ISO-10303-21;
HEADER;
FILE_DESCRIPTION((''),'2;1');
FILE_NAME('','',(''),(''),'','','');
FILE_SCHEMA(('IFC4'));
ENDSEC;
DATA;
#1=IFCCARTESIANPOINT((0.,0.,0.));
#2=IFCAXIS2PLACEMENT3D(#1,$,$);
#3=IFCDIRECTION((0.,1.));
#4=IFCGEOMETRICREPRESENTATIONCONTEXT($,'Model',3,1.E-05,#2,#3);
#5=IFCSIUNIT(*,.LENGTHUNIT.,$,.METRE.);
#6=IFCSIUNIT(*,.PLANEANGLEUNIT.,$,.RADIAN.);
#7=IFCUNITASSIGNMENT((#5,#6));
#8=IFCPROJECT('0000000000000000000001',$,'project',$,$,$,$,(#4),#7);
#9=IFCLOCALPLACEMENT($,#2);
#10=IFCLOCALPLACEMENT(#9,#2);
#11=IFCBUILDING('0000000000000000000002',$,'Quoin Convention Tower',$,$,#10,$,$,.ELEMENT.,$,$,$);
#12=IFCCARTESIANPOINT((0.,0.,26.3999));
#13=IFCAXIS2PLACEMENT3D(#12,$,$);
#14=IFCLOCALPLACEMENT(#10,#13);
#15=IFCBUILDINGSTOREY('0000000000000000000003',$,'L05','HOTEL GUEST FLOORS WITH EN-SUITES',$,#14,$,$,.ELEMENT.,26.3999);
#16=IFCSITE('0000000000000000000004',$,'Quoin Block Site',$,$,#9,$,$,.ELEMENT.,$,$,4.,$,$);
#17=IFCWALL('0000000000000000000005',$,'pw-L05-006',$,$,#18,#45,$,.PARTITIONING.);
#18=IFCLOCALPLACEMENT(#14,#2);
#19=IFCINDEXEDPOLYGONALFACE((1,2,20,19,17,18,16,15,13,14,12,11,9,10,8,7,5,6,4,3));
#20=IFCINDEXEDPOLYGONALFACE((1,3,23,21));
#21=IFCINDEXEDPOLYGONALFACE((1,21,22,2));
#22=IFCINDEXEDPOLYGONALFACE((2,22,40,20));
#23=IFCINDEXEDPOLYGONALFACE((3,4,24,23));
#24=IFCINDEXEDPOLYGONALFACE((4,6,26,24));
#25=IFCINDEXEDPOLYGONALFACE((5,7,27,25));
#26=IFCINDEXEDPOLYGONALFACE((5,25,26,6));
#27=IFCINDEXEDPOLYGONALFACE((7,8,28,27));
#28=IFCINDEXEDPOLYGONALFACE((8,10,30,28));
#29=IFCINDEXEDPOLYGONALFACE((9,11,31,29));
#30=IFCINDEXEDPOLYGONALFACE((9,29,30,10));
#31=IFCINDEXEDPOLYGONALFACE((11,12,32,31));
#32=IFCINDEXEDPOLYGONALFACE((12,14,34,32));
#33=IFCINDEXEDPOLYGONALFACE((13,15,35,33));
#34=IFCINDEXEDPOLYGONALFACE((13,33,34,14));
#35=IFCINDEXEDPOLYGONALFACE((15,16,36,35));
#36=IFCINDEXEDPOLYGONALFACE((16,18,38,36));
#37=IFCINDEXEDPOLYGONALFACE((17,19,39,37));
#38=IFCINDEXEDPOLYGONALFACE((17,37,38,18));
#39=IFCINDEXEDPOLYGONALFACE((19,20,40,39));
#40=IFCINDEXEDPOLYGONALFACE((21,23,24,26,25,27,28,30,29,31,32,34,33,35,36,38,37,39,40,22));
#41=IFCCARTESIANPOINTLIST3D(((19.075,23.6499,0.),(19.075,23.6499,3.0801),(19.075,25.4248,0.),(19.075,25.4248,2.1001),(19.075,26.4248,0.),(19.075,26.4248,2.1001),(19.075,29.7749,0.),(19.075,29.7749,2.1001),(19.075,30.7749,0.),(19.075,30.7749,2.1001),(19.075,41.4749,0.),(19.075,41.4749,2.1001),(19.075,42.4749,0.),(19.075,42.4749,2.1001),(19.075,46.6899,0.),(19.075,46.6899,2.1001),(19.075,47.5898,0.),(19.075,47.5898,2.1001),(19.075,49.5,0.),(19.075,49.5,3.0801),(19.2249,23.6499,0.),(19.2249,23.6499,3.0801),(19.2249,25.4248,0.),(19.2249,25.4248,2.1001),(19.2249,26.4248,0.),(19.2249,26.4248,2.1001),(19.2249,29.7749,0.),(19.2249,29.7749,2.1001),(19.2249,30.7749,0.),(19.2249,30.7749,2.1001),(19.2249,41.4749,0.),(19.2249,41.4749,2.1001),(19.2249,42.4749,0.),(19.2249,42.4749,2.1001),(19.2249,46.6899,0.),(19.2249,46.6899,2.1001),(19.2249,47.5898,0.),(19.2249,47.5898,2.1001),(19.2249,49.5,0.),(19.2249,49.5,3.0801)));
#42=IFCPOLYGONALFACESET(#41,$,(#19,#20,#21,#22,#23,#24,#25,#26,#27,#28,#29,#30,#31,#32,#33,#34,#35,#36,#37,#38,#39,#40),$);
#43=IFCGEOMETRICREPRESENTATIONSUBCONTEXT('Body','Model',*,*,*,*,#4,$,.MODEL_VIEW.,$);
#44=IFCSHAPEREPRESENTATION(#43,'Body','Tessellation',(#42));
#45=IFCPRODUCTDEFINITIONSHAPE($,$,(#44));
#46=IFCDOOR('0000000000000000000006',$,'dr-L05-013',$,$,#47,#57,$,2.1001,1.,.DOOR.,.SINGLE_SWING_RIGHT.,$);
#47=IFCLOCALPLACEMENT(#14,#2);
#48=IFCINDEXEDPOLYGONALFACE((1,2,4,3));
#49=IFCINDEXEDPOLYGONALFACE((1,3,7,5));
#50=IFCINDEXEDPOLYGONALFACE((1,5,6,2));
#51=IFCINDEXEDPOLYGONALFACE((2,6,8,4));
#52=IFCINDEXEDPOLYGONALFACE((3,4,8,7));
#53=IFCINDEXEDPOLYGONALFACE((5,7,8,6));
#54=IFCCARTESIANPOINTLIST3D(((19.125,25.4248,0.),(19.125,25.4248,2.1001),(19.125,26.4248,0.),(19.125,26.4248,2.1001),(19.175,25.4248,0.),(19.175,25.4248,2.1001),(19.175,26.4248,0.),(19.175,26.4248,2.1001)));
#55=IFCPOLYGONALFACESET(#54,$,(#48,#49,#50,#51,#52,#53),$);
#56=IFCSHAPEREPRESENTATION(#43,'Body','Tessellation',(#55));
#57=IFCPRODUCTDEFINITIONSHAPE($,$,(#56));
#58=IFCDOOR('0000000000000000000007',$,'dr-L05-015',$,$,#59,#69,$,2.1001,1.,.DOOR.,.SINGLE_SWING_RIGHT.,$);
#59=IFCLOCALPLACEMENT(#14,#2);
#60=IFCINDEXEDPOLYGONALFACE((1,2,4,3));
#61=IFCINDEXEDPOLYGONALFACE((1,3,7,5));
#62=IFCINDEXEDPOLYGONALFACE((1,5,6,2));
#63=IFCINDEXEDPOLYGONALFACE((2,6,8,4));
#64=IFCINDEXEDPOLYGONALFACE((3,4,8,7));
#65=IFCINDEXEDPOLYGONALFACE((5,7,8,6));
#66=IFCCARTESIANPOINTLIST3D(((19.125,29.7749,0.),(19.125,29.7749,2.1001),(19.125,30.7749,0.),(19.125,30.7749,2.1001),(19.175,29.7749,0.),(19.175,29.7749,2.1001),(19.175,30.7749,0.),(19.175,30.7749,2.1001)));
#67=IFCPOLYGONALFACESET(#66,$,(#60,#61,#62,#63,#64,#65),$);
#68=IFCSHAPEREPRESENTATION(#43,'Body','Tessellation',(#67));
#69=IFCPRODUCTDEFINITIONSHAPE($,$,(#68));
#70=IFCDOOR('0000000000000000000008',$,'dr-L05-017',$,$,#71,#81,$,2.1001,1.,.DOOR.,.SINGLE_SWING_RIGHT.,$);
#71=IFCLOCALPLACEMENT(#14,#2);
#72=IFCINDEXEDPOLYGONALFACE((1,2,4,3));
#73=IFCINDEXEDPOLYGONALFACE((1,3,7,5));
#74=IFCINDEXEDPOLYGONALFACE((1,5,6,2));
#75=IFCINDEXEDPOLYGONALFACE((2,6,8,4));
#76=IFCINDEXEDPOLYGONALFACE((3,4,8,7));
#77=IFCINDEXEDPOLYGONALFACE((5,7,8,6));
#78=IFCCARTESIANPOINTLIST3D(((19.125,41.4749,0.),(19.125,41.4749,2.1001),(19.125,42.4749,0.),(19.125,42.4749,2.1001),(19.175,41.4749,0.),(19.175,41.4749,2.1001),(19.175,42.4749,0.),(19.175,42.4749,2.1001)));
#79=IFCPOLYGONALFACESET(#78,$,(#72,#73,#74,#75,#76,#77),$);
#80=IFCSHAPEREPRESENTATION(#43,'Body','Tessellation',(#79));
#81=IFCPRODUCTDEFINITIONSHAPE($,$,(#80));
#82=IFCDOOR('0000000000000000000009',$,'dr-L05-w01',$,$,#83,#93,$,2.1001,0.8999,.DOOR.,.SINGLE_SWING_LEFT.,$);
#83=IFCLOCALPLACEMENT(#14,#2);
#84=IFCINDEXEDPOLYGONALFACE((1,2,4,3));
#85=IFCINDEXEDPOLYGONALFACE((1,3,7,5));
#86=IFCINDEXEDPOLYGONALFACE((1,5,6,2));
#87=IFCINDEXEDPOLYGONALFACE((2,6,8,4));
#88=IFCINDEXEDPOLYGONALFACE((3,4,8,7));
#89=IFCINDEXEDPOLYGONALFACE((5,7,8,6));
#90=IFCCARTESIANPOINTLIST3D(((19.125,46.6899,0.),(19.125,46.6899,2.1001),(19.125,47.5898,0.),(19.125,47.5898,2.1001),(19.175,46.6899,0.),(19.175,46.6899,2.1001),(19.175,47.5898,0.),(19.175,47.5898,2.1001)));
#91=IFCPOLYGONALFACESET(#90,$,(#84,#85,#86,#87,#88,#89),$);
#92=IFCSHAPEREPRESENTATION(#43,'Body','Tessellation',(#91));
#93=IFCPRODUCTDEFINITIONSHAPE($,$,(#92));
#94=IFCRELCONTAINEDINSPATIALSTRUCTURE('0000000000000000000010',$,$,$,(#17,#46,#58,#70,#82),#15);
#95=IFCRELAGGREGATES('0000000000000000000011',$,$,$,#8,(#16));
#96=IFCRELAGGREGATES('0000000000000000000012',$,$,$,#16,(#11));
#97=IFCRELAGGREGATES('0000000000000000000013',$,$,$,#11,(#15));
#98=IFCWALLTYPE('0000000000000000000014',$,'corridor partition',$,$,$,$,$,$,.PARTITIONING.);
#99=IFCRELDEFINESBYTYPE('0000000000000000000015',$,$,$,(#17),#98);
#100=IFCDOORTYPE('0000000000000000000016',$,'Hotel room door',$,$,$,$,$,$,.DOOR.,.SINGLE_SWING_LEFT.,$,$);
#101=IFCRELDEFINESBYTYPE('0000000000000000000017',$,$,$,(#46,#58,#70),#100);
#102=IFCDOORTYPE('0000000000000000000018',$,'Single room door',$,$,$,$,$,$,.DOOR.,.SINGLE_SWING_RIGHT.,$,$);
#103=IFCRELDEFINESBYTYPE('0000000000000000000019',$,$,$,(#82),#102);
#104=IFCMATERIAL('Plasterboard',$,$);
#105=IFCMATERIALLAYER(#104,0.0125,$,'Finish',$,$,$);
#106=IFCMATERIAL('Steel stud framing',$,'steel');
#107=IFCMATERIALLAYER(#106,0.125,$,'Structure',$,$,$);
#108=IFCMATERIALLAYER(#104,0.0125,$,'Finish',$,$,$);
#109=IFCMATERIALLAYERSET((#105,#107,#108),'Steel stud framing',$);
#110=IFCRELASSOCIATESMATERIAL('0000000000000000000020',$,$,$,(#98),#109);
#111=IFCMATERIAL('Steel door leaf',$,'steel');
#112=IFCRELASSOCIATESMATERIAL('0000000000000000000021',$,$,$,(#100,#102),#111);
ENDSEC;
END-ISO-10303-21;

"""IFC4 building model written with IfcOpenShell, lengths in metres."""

from ifc_helpers import new_model, si_unit, direction, frame, frame_2d, origin, place, context, subcontext, project, spatial, rectangle, extrude, material, layer, layer_set, type_object, element, fill, save


model = new_model("IFC4")

# Units and contexts
model_context = context("Model", 3, precision=1e-05, world=origin(), true_north=direction((0.0, 1.0)))
body_context = subcontext(model_context, "Body", "Model", "MODEL_VIEW")
ifc_project = project(units=[si_unit("LENGTHUNIT", "METRE"), si_unit("PLANEANGLEUNIT", "RADIAN")], contexts=[model_context])

# Site, building, storey
site_placement = place(None, origin())
site = spatial("IfcSite", under=ifc_project, at=site_placement, Name="Quoin Block Site", CompositionType="ELEMENT", RefElevation=4.0)
building_placement = place(site_placement, origin())
building = spatial("IfcBuilding", under=site, at=building_placement, Name="Quoin Convention Tower", CompositionType="ELEMENT")
storey_placement = place(building_placement, frame((0.0, 0.0, 26.3999)))
storey = spatial("IfcBuildingStorey", under=building, at=storey_placement, Name="L05", Description="HOTEL GUEST FLOORS WITH EN-SUITES", CompositionType="ELEMENT", Elevation=26.3999)

# Shared definitions
ifc_material_1 = material(Name="Steel door leaf", Category="steel")

# Wall, openings, doors
ifc_material_2 = material(Name="Plasterboard")
ifc_layer_1 = layer(ifc_material_2, 0.0125, Name="Finish")
ifc_material_3 = material(Name="Steel stud framing", Category="steel")
ifc_layer_2 = layer(ifc_material_3, 0.125, Name="Structure")
ifc_layer_3 = layer(ifc_material_2, 0.0125, Name="Finish")
ifc_layer_set_1 = layer_set([ifc_layer_1, ifc_layer_2, ifc_layer_3], Name="Steel stud framing")
wall_type_1 = type_object("IfcWallType", Name="corridor partition", PredefinedType="PARTITIONING", material=ifc_layer_set_1)
door_type_1 = type_object("IfcDoorType", Name="Hotel room door", OperationType="SINGLE_SWING_LEFT", PredefinedType="DOOR", material=ifc_material_1)
wall_1_placement = place(storey_placement, frame((19.1499, 23.6499, 0.0), z_axis=(0.0, 0.0, 1.0), x_axis=(0.0, 1.0, 0.0)))
wall_1 = element("IfcWall", 1, at=wall_1_placement, inside=storey, type_object=wall_type_1, Name="pw-L05-006", PredefinedType="PARTITIONING", context=body_context, shape_type="SweptSolid", body=[
    extrude(rectangle(XDim=25.8501, YDim=0.1499, at=frame_2d((12.925, 0.0))), origin(), (0.0, 0.0, 1.0), 3.0801),
])
opening_1_placement = place(wall_1_placement, frame((1.7749, 0.0, 0.0)))
opening_1 = element("IfcOpeningElement", 2, at=opening_1_placement, cuts=wall_1, PredefinedType="OPENING", context=body_context, shape_type="SweptSolid", body=[
    extrude(rectangle(XDim=1.0, YDim=2.1001, at=frame_2d((0.5, 1.05))), frame((0.0, 0.085, 0.0), z_axis=(0.0, -1.0, 0.0), x_axis=(1.0, 0.0, 0.0)), (0.0, 0.0, 1.0), 0.1699),
])
opening_2_placement = place(wall_1_placement, frame((6.125, 0.0, 0.0)))
opening_2 = element("IfcOpeningElement", 3, at=opening_2_placement, cuts=wall_1, PredefinedType="OPENING", context=body_context, shape_type="SweptSolid", body=[
    extrude(rectangle(XDim=1.0, YDim=2.1001, at=frame_2d((0.5, 1.05))), frame((0.0, 0.085, 0.0), z_axis=(0.0, -1.0, 0.0), x_axis=(1.0, 0.0, 0.0)), (0.0, 0.0, 1.0), 0.1699),
])
opening_3_placement = place(wall_1_placement, frame((17.825, 0.0, 0.0)))
opening_3 = element("IfcOpeningElement", 4, at=opening_3_placement, cuts=wall_1, PredefinedType="OPENING", context=body_context, shape_type="SweptSolid", body=[
    extrude(rectangle(XDim=1.0, YDim=2.1001, at=frame_2d((0.5, 1.05))), frame((0.0, 0.085, 0.0), z_axis=(0.0, -1.0, 0.0), x_axis=(1.0, 0.0, 0.0)), (0.0, 0.0, 1.0), 0.1699),
])
opening_4_placement = place(wall_1_placement, frame((23.04, 0.0, 0.0)))
opening_4 = element("IfcOpeningElement", 5, at=opening_4_placement, cuts=wall_1, PredefinedType="OPENING", context=body_context, shape_type="SweptSolid", body=[
    extrude(rectangle(XDim=0.8999, YDim=2.1001, at=frame_2d((0.45, 1.05))), frame((0.0, 0.085, 0.0), z_axis=(0.0, -1.0, 0.0), x_axis=(1.0, 0.0, 0.0)), (0.0, 0.0, 1.0), 0.1699),
])
door_1_placement = place(opening_1_placement, origin())
door_1 = element("IfcDoor", 6, at=door_1_placement, inside=storey, type_object=door_type_1, Name="dr-L05-013", OperationType="SINGLE_SWING_RIGHT", OverallHeight=2.1001, OverallWidth=1.0, PredefinedType="DOOR", context=body_context, shape_type="SweptSolid", body=[
    extrude(rectangle(XDim=1.0, YDim=2.1001, at=frame_2d((0.5, 1.05))), frame((0.0, 0.0249, 0.0), z_axis=(0.0, -1.0, 0.0), x_axis=(1.0, 0.0, 0.0)), (0.0, 0.0, 1.0), 0.05),
])
fill(opening_1, door_1)
door_2_placement = place(opening_2_placement, origin())
door_2 = element("IfcDoor", 7, at=door_2_placement, inside=storey, type_object=door_type_1, Name="dr-L05-015", OperationType="SINGLE_SWING_RIGHT", OverallHeight=2.1001, OverallWidth=1.0, PredefinedType="DOOR", context=body_context, shape_type="SweptSolid", body=[
    extrude(rectangle(XDim=1.0, YDim=2.1001, at=frame_2d((0.5, 1.05))), frame((0.0, 0.0249, 0.0), z_axis=(0.0, -1.0, 0.0), x_axis=(1.0, 0.0, 0.0)), (0.0, 0.0, 1.0), 0.05),
])
fill(opening_2, door_2)
door_3_placement = place(opening_3_placement, origin())
door_3 = element("IfcDoor", 8, at=door_3_placement, inside=storey, type_object=door_type_1, Name="dr-L05-017", OperationType="SINGLE_SWING_RIGHT", OverallHeight=2.1001, OverallWidth=1.0, PredefinedType="DOOR", context=body_context, shape_type="SweptSolid", body=[
    extrude(rectangle(XDim=1.0, YDim=2.1001, at=frame_2d((0.5, 1.05))), frame((0.0, 0.0249, 0.0), z_axis=(0.0, -1.0, 0.0), x_axis=(1.0, 0.0, 0.0)), (0.0, 0.0, 1.0), 0.05),
])
fill(opening_3, door_3)
door_type_2 = type_object("IfcDoorType", Name="Single room door", OperationType="SINGLE_SWING_RIGHT", PredefinedType="DOOR", material=ifc_material_1)
door_4_placement = place(opening_4_placement, origin())
door_4 = element("IfcDoor", 9, at=door_4_placement, inside=storey, type_object=door_type_2, Name="dr-L05-w01", OperationType="SINGLE_SWING_LEFT", OverallHeight=2.1001, OverallWidth=0.8999, PredefinedType="DOOR", context=body_context, shape_type="SweptSolid", body=[
    extrude(rectangle(XDim=0.8999, YDim=2.1001, at=frame_2d((0.45, 1.05))), frame((0.0, 0.0249, 0.0), z_axis=(0.0, -1.0, 0.0), x_axis=(1.0, 0.0, 0.0)), (0.0, 0.0, 1.0), 0.05),
])
fill(opening_4, door_4)

save(model, "model.ifc")
